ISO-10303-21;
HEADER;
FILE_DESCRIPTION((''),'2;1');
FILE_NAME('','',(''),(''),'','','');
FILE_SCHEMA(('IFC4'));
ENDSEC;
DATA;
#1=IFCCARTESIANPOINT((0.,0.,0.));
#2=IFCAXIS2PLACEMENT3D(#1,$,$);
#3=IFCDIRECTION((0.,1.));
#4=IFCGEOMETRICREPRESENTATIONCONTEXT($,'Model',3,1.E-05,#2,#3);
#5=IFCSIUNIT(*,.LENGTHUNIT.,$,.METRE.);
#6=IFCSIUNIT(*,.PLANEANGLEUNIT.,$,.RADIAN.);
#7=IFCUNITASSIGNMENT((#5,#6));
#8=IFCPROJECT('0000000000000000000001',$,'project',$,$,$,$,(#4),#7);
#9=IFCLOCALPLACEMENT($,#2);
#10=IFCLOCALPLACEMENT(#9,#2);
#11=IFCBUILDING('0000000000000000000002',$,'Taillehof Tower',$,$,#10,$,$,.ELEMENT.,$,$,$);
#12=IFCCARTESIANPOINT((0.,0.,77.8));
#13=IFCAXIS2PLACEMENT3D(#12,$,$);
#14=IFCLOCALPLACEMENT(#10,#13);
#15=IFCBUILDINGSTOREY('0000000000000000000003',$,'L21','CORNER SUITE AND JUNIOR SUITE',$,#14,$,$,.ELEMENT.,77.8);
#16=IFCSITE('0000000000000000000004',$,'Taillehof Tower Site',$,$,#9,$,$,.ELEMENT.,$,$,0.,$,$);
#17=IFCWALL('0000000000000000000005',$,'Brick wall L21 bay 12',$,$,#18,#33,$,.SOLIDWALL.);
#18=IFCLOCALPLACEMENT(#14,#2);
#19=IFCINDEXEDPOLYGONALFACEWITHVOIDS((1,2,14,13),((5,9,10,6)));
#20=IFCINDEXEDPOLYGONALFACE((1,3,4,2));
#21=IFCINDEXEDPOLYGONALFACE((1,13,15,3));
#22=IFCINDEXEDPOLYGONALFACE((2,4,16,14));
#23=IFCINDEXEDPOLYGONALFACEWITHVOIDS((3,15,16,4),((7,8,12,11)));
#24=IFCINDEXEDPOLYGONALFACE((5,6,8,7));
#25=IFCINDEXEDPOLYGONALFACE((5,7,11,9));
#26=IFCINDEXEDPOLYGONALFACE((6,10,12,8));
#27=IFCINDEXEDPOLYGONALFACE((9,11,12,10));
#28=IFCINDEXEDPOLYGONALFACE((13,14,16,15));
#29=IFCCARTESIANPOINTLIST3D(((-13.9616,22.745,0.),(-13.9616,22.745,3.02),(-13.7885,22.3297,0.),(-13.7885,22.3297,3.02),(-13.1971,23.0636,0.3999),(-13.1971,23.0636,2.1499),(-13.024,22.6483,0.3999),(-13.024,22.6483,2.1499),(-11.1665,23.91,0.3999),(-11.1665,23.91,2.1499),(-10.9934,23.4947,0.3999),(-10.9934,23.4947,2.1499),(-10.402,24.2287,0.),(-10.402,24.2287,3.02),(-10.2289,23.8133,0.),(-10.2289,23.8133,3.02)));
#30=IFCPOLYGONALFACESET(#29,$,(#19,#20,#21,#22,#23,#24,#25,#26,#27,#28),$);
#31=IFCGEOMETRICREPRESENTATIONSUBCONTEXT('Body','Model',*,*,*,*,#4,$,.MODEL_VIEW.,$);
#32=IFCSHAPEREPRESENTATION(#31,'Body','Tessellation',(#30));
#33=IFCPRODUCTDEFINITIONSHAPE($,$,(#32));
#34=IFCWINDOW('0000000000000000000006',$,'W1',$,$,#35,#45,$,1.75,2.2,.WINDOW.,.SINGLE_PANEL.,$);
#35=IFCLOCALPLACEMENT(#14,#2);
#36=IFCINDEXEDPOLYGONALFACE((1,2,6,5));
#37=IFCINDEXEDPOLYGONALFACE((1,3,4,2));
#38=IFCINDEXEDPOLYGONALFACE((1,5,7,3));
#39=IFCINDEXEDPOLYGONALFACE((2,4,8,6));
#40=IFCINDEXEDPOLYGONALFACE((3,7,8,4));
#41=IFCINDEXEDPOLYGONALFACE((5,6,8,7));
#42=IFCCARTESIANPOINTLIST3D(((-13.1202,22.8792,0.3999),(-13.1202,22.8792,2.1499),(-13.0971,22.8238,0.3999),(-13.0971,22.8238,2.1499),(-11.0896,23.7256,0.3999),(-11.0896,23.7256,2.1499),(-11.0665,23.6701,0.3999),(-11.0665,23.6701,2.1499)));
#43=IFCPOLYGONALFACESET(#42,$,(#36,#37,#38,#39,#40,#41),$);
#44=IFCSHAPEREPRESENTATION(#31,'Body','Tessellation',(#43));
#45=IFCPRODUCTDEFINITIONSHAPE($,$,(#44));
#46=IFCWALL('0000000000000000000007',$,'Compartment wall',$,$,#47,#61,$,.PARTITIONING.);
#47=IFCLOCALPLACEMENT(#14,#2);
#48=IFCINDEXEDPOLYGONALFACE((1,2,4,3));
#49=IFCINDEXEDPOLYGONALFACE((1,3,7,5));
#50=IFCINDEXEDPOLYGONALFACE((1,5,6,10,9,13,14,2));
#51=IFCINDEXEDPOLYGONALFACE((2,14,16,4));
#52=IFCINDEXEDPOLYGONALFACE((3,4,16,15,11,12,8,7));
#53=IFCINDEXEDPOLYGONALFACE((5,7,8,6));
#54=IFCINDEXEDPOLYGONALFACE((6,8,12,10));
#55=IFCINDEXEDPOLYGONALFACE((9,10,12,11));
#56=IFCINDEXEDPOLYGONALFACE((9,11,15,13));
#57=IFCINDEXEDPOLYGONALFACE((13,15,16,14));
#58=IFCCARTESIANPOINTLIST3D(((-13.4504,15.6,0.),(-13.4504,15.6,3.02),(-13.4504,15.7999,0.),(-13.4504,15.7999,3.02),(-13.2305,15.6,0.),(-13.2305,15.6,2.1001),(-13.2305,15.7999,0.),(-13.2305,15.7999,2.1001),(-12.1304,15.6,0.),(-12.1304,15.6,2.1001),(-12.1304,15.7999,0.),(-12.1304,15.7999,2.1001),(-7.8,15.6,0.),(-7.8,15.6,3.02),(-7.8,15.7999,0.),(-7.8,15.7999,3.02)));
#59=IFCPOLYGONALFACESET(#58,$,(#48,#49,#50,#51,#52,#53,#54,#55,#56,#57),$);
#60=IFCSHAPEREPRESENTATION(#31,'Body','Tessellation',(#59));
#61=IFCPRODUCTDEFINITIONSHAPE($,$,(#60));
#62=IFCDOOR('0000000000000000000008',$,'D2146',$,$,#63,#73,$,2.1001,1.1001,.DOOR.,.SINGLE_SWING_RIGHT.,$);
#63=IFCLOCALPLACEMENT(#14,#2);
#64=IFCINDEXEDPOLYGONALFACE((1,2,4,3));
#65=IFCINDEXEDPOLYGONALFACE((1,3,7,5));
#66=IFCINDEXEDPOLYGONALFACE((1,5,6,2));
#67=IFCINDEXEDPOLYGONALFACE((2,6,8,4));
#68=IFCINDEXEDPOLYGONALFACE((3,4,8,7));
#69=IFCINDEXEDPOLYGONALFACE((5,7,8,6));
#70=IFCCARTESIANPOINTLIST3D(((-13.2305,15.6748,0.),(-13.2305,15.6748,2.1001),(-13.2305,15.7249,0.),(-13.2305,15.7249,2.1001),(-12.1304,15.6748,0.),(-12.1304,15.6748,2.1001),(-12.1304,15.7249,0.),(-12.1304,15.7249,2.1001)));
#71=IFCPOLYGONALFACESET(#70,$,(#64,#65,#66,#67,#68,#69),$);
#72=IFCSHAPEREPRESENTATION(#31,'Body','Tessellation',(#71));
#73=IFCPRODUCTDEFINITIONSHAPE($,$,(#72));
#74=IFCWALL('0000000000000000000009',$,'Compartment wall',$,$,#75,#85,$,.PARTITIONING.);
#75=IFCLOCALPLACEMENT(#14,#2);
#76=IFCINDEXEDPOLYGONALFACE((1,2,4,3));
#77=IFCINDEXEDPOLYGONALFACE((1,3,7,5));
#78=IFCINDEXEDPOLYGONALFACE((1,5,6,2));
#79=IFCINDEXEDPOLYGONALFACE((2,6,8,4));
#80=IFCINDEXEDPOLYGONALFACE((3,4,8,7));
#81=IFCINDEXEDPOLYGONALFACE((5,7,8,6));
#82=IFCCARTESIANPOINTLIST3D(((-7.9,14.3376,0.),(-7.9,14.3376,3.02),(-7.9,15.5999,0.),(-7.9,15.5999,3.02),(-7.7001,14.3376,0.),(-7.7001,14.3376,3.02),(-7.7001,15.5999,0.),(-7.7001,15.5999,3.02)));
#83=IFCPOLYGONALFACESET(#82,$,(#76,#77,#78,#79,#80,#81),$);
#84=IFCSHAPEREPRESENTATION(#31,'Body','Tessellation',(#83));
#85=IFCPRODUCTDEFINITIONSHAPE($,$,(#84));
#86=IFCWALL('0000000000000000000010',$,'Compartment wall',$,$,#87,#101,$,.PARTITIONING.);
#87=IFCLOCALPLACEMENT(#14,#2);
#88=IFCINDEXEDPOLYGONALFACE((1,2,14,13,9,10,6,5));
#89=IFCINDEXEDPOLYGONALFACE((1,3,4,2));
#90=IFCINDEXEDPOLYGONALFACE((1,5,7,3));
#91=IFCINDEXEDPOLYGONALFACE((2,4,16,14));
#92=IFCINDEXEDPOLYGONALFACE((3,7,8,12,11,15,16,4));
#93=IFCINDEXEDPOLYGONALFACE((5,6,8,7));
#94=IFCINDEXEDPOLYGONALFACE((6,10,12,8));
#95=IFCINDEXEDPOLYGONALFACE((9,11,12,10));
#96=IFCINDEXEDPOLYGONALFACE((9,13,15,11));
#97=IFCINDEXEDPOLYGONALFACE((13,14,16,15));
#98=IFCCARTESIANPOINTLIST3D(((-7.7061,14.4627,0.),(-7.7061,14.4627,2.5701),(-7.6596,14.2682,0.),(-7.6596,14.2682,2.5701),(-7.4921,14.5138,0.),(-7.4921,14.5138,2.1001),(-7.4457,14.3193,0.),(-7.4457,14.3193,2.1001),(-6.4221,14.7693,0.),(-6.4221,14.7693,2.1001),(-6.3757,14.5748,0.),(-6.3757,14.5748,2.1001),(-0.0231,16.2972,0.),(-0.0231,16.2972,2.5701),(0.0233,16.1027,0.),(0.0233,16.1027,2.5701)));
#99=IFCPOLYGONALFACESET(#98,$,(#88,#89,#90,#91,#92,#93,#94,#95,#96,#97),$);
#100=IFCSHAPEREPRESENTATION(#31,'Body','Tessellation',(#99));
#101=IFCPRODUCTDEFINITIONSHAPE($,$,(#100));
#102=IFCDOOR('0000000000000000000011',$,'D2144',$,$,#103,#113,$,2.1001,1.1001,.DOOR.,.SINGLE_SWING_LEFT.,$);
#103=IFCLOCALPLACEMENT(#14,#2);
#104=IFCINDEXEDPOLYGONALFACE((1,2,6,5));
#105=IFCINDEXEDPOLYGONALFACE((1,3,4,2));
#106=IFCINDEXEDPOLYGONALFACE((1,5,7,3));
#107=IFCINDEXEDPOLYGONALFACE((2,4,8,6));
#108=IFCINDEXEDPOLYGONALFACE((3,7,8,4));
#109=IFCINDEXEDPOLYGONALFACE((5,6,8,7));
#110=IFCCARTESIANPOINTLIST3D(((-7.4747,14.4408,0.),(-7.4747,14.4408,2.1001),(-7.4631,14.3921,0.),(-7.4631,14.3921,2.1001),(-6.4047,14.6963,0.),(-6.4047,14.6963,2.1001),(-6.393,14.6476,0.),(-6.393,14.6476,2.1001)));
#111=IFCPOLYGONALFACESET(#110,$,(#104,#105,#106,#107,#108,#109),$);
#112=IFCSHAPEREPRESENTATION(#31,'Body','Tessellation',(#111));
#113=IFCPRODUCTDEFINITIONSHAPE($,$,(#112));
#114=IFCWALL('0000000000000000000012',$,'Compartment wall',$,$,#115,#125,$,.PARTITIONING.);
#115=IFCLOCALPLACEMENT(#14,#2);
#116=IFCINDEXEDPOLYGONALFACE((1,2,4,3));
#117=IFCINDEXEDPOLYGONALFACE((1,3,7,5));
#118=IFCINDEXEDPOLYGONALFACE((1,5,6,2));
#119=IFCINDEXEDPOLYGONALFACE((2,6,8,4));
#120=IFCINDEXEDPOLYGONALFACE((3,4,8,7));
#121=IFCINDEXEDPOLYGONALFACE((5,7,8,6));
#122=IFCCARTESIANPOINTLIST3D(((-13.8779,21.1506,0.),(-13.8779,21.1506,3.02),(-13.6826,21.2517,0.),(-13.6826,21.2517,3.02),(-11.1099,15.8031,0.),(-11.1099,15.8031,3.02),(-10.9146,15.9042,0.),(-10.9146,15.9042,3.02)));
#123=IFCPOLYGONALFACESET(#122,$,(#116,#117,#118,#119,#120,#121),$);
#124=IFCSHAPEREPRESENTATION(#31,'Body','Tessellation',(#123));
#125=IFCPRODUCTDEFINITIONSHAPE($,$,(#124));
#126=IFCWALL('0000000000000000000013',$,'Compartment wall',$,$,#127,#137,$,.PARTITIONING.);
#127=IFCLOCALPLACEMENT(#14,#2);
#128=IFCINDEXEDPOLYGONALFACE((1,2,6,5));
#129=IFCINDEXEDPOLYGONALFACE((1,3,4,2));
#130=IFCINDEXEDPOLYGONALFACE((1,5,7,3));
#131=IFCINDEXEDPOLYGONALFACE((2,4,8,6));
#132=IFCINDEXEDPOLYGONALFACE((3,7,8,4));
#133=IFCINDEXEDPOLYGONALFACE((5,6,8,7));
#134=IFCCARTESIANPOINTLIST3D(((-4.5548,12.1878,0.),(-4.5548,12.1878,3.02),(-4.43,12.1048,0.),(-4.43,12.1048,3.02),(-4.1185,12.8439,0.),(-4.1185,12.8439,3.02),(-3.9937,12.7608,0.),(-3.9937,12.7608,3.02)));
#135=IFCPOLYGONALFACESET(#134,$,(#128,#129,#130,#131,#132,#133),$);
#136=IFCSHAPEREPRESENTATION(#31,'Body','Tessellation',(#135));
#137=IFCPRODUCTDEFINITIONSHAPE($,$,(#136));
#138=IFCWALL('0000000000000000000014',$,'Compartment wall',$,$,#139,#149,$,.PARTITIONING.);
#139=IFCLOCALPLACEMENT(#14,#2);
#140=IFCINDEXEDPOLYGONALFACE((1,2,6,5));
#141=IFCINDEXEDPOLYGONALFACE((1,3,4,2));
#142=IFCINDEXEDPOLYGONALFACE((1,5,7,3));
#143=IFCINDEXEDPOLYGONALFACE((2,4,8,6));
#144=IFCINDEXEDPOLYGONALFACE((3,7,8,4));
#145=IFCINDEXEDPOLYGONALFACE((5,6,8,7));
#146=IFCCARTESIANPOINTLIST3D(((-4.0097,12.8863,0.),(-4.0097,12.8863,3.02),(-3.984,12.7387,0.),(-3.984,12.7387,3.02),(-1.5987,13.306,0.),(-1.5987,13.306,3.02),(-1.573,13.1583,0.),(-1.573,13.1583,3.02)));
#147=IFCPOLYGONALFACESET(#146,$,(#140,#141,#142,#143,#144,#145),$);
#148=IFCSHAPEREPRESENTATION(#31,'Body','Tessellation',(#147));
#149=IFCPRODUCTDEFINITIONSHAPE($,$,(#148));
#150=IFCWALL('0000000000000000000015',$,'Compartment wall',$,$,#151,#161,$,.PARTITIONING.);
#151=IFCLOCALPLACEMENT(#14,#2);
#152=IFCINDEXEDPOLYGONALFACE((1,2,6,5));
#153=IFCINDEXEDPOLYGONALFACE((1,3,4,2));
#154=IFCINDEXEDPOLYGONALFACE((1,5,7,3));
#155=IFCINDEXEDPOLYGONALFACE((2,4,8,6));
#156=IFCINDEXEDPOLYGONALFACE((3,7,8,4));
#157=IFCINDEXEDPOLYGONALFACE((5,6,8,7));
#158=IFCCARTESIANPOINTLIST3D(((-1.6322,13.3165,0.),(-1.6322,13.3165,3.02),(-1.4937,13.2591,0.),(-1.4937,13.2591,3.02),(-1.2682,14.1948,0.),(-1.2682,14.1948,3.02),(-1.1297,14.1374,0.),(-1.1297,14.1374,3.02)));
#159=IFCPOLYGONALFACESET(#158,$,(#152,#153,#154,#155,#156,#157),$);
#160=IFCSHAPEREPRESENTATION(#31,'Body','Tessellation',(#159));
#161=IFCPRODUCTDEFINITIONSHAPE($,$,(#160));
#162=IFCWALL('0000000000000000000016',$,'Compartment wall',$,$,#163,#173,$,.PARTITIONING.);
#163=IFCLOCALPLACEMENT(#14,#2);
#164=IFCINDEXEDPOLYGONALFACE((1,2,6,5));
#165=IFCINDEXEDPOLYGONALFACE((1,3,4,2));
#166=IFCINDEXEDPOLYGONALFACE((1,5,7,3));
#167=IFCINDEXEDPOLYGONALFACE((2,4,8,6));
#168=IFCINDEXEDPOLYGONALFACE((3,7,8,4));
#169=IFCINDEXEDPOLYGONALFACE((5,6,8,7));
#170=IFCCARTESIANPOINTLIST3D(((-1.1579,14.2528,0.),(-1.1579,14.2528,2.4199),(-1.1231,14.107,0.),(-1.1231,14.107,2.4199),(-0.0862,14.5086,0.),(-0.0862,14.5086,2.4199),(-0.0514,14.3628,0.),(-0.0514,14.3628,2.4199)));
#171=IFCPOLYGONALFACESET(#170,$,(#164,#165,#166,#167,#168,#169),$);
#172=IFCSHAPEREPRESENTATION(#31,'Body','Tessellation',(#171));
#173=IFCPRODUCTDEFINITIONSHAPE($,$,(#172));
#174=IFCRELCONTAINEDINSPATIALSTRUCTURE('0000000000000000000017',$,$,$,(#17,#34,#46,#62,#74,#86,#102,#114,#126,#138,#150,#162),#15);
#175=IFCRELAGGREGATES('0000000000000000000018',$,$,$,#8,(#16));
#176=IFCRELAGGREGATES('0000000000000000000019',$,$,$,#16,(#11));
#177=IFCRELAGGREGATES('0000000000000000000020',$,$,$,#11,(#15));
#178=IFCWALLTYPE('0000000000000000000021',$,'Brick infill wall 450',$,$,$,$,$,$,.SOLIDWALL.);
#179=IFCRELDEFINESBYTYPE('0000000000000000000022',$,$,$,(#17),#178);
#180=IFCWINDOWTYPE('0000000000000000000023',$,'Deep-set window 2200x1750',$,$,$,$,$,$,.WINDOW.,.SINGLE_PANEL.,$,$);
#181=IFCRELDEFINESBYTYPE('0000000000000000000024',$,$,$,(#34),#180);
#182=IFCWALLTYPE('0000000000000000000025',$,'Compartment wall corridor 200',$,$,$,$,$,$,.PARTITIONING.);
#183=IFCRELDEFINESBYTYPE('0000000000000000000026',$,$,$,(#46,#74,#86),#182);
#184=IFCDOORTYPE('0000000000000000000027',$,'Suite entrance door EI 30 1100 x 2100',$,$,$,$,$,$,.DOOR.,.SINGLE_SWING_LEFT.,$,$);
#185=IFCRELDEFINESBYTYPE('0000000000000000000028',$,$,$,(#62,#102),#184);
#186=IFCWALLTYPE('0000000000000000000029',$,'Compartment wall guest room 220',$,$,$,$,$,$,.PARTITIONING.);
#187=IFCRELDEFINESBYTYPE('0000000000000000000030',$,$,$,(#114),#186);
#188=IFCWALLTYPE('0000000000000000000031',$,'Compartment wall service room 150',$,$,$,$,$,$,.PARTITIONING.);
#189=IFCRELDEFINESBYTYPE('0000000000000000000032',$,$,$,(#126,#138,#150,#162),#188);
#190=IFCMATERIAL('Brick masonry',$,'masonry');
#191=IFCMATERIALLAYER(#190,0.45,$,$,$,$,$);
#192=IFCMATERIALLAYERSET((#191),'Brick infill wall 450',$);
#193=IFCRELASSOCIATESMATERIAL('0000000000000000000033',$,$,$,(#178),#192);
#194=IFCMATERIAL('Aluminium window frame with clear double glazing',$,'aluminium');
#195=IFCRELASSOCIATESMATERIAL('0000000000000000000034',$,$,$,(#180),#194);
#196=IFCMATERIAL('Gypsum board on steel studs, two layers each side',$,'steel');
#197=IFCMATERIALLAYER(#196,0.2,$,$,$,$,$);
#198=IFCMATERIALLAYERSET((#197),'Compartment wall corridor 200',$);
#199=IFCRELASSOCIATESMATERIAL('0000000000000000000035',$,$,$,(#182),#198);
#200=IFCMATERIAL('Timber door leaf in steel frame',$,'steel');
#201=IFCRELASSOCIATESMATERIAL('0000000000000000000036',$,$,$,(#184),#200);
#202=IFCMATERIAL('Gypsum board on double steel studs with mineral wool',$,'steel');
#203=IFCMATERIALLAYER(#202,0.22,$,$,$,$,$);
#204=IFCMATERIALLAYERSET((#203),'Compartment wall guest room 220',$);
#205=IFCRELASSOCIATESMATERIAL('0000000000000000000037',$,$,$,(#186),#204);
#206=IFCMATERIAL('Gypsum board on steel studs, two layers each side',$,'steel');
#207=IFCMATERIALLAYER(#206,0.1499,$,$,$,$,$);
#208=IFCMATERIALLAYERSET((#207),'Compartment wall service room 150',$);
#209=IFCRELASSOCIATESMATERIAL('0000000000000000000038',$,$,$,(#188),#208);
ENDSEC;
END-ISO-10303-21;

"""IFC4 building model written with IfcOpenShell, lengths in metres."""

from ifc_helpers import new_model, si_unit, direction, frame, frame_2d, origin, place, context, subcontext, project, spatial, rectangle, extrude, material, layer, layer_set, type_object, element, fill, save


model = new_model("IFC4")

# Units and contexts
model_context = context("Model", 3, precision=1e-05, world=origin(), true_north=direction((0.0, 1.0)))
body_context = subcontext(model_context, "Body", "Model", "MODEL_VIEW")
ifc_project = project(units=[si_unit("LENGTHUNIT", "METRE"), si_unit("PLANEANGLEUNIT", "RADIAN")], contexts=[model_context])

# Site, building, storey
site_placement = place(None, origin())
site = spatial("IfcSite", under=ifc_project, at=site_placement, Name="Taillehof Tower Site", CompositionType="ELEMENT", RefElevation=0.0)
building_placement = place(site_placement, origin())
building = spatial("IfcBuilding", under=site, at=building_placement, Name="Taillehof Tower", CompositionType="ELEMENT")
storey_placement = place(building_placement, frame((0.0, 0.0, 77.8)))
storey = spatial("IfcBuildingStorey", under=building, at=storey_placement, Name="L21", Description="CORNER SUITE AND JUNIOR SUITE", CompositionType="ELEMENT", Elevation=77.8)

# Wall, opening, window
ifc_material_1 = material(Name="Brick masonry", Category="masonry")
ifc_layer_1 = layer(ifc_material_1, 0.45)
ifc_layer_set_1 = layer_set([ifc_layer_1], Name="Brick infill wall 450")
wall_type_1 = type_object("IfcWallType", Name="Brick infill wall 450", PredefinedType="SOLIDWALL", material=ifc_layer_set_1)
ifc_material_2 = material(Name="Aluminium window frame with clear double glazing", Category="aluminium")
window_type = type_object("IfcWindowType", Name="Deep-set window 2200x1750", PartitioningType="SINGLE_PANEL", PredefinedType="WINDOW", material=ifc_material_2)
wall_1_placement = place(storey_placement, frame((-10.3154, 24.021, 0.0), z_axis=(0.0, 0.0, 1.0), x_axis=(-0.923032, -0.384723, 0.0)))
wall_1 = element("IfcWall", 1, at=wall_1_placement, inside=storey, type_object=wall_type_1, Name="Brick wall L21 bay 12", PredefinedType="SOLIDWALL", context=body_context, shape_type="SweptSolid", body=[
    extrude(rectangle(XDim=3.8564, YDim=0.45, at=frame_2d((1.9282, 0.0))), origin(), (0.0, 0.0, 1.0), 3.02),
])
opening_1_placement = place(wall_1_placement, frame((0.8281, 0.0, 0.3999)))
opening_1 = element("IfcOpeningElement", 2, at=opening_1_placement, cuts=wall_1, PredefinedType="OPENING", context=body_context, shape_type="SweptSolid", body=[
    extrude(rectangle(XDim=2.2, YDim=1.75, at=frame_2d((1.1001, 0.875))), frame((0.0, 0.2349, 0.0), z_axis=(0.0, -1.0, 0.0), x_axis=(1.0, 0.0, 0.0)), (0.0, 0.0, 1.0), 0.47),
])
window_1_placement = place(opening_1_placement, origin())
window_1 = element("IfcWindow", 3, at=window_1_placement, inside=storey, type_object=window_type, Name="W1", OverallHeight=1.75, OverallWidth=2.2, PartitioningType="SINGLE_PANEL", PredefinedType="WINDOW", context=body_context, shape_type="SweptSolid", body=[
    extrude(rectangle(XDim=2.2, YDim=1.75, at=frame_2d((1.1001, 0.875))), frame((0.0, 0.0349, 0.0), z_axis=(0.0, -1.0, 0.0), x_axis=(1.0, 0.0, 0.0)), (0.0, 0.0, 1.0), 0.0601),
])
fill(opening_1, window_1)

# Wall, opening, door
ifc_material_3 = material(Name="Gypsum board on steel studs, two layers each side", Category="steel")
ifc_layer_2 = layer(ifc_material_3, 0.2)
ifc_layer_set_2 = layer_set([ifc_layer_2], Name="Compartment wall corridor 200")
wall_type_2 = type_object("IfcWallType", Name="Compartment wall corridor 200", PredefinedType="PARTITIONING", material=ifc_layer_set_2)
wall_2_placement = place(storey_placement, frame((-13.4504, 15.7, 0.0), z_axis=(0.0, 0.0, 1.0), x_axis=(1.0, 0.0, 0.0)))
wall_2 = element("IfcWall", 4, at=wall_2_placement, inside=storey, type_object=wall_type_2, Name="Compartment wall", PredefinedType="PARTITIONING", context=body_context, shape_type="SweptSolid", body=[
    extrude(rectangle(XDim=5.6504, YDim=0.2, at=frame_2d((2.8252, 0.0))), origin(), (0.0, 0.0, 1.0), 3.02),
])
opening_2_placement = place(wall_2_placement, frame((0.22, 0.0, 0.0)))
opening_2 = element("IfcOpeningElement", 5, at=opening_2_placement, cuts=wall_2, PredefinedType="OPENING", context=body_context, shape_type="SweptSolid", body=[
    extrude(rectangle(XDim=1.1001, YDim=2.1001, at=frame_2d((0.55, 1.05))), frame((0.0, 0.1099, 0.0), z_axis=(0.0, -1.0, 0.0), x_axis=(1.0, 0.0, 0.0)), (0.0, 0.0, 1.0), 0.22),
])
ifc_material_4 = material(Name="Timber door leaf in steel frame", Category="steel")
door_type_1 = type_object("IfcDoorType", Name="Suite entrance door EI 30 1100 x 2100", OperationType="SINGLE_SWING_LEFT", PredefinedType="DOOR", material=ifc_material_4)
door_1_placement = place(opening_2_placement, origin())
door_1 = element("IfcDoor", 6, at=door_1_placement, inside=storey, type_object=door_type_1, Name="D2146", OperationType="SINGLE_SWING_RIGHT", OverallHeight=2.1001, OverallWidth=1.1001, PredefinedType="DOOR", context=body_context, shape_type="SweptSolid", body=[
    extrude(rectangle(XDim=1.1001, YDim=2.1001, at=frame_2d((0.55, 1.05))), frame((0.0, 0.0249, 0.0), z_axis=(0.0, -1.0, 0.0), x_axis=(1.0, 0.0, 0.0)), (0.0, 0.0, 1.0), 0.05),
])
fill(opening_2, door_1)

# Wall
wall_3_placement = place(storey_placement, frame((-7.8, 15.5999, 0.0), z_axis=(0.0, 0.0, 1.0), x_axis=(0.0, -1.0, 0.0)))
element("IfcWall", 7, at=wall_3_placement, inside=storey, type_object=wall_type_2, Name="Compartment wall", PredefinedType="PARTITIONING", context=body_context, shape_type="SweptSolid", body=[
    extrude(rectangle(XDim=1.2622, YDim=0.2, at=frame_2d((0.6311, 0.0))), origin(), (0.0, 0.0, 1.0), 3.02),
])

# Wall, opening, door
wall_4_placement = place(storey_placement, frame((-7.6829, 14.3655, 0.0), z_axis=(0.0, 0.0, 1.0), x_axis=(0.972657, 0.232246, 0.0)))
wall_4 = element("IfcWall", 8, at=wall_4_placement, inside=storey, type_object=wall_type_2, Name="Compartment wall", PredefinedType="PARTITIONING", context=body_context, shape_type="SweptSolid", body=[
    extrude(rectangle(XDim=7.8989, YDim=0.2, at=frame_2d((3.9495, 0.0))), origin(), (0.0, 0.0, 1.0), 2.5701),
])
opening_3_placement = place(wall_4_placement, frame((0.22, 0.0, 0.0)))
opening_3 = element("IfcOpeningElement", 9, at=opening_3_placement, cuts=wall_4, PredefinedType="OPENING", context=body_context, shape_type="SweptSolid", body=[
    extrude(rectangle(XDim=1.1001, YDim=2.1001, at=frame_2d((0.55, 1.05))), frame((0.0, 0.1099, 0.0), z_axis=(0.0, -1.0, 0.0), x_axis=(1.0, 0.0, 0.0)), (0.0, 0.0, 1.0), 0.22),
])
door_2_placement = place(opening_3_placement, origin())
door_2 = element("IfcDoor", 10, at=door_2_placement, inside=storey, type_object=door_type_1, Name="D2144", OperationType="SINGLE_SWING_LEFT", OverallHeight=2.1001, OverallWidth=1.1001, PredefinedType="DOOR", context=body_context, shape_type="SweptSolid", body=[
    extrude(rectangle(XDim=1.1001, YDim=2.1001, at=frame_2d((0.55, 1.05))), frame((0.0, 0.0249, 0.0), z_axis=(0.0, -1.0, 0.0), x_axis=(1.0, 0.0, 0.0)), (0.0, 0.0, 1.0), 0.05),
])
fill(opening_3, door_2)

# Walls
ifc_material_5 = material(Name="Gypsum board on double steel studs with mineral wool", Category="steel")
ifc_layer_3 = layer(ifc_material_5, 0.22)
ifc_layer_set_3 = layer_set([ifc_layer_3], Name="Compartment wall guest room 220")
wall_type_3 = type_object("IfcWallType", Name="Compartment wall guest room 220", PredefinedType="PARTITIONING", material=ifc_layer_set_3)
wall_5_placement = place(storey_placement, frame((-13.7803, 21.2012, 0.0), z_axis=(0.0, 0.0, 1.0), x_axis=(0.45969, -0.88808, 0.0)))
element("IfcWall", 11, at=wall_5_placement, inside=storey, type_object=wall_type_3, Name="Compartment wall", PredefinedType="PARTITIONING", context=body_context, shape_type="SweptSolid", body=[
    extrude(rectangle(XDim=6.0215, YDim=0.22, at=frame_2d((3.0107, 0.0))), origin(), (0.0, 0.0, 1.0), 3.02),
])
ifc_material_6 = material(Name="Gypsum board on steel studs, two layers each side", Category="steel")
ifc_layer_4 = layer(ifc_material_6, 0.1499)
ifc_layer_set_4 = layer_set([ifc_layer_4], Name="Compartment wall service room 150")
wall_type_4 = type_object("IfcWallType", Name="Compartment wall service room 150", PredefinedType="PARTITIONING", material=ifc_layer_set_4)
wall_6_placement = place(storey_placement, frame((-4.4924, 12.1462, 0.0), z_axis=(0.0, 0.0, 1.0), x_axis=(0.55377, 0.83267, 0.0)))
element("IfcWall", 12, at=wall_6_placement, inside=storey, type_object=wall_type_4, Name="Compartment wall", PredefinedType="PARTITIONING", context=body_context, shape_type="SweptSolid", body=[
    extrude(rectangle(XDim=0.7878, YDim=0.1499, at=frame_2d((0.394, 0.0))), origin(), (0.0, 0.0, 1.0), 3.02),
])
wall_7_placement = place(storey_placement, frame((-3.9968, 12.8125, 0.0), z_axis=(0.0, 0.0, 1.0), x_axis=(0.985188, 0.17148, 0.0)))
element("IfcWall", 13, at=wall_7_placement, inside=storey, type_object=wall_type_4, Name="Compartment wall", PredefinedType="PARTITIONING", context=body_context, shape_type="SweptSolid", body=[
    extrude(rectangle(XDim=2.4473, YDim=0.1499, at=frame_2d((1.2236, 0.0))), origin(), (0.0, 0.0, 1.0), 3.02),
])
wall_8_placement = place(storey_placement, frame((-1.563, 13.2878, 0.0), z_axis=(0.0, 0.0, 1.0), x_axis=(0.382919, 0.923782, 0.0)))
element("IfcWall", 14, at=wall_8_placement, inside=storey, type_object=wall_type_4, Name="Compartment wall", PredefinedType="PARTITIONING", context=body_context, shape_type="SweptSolid", body=[
    extrude(rectangle(XDim=0.9507, YDim=0.1499, at=frame_2d((0.4753, 0.0))), origin(), (0.0, 0.0, 1.0), 3.02),
])
wall_9_placement = place(storey_placement, frame((-1.1404, 14.1799, 0.0), z_axis=(0.0, 0.0, 1.0), x_axis=(0.972668, 0.2322, 0.0)))
element("IfcWall", 15, at=wall_9_placement, inside=storey, type_object=wall_type_4, Name="Compartment wall", PredefinedType="PARTITIONING", context=body_context, shape_type="SweptSolid", body=[
    extrude(rectangle(XDim=1.1018, YDim=0.1499, at=frame_2d((0.5508, 0.0))), origin(), (0.0, 0.0, 1.0), 2.4199),
])

save(model, "model.ifc")
